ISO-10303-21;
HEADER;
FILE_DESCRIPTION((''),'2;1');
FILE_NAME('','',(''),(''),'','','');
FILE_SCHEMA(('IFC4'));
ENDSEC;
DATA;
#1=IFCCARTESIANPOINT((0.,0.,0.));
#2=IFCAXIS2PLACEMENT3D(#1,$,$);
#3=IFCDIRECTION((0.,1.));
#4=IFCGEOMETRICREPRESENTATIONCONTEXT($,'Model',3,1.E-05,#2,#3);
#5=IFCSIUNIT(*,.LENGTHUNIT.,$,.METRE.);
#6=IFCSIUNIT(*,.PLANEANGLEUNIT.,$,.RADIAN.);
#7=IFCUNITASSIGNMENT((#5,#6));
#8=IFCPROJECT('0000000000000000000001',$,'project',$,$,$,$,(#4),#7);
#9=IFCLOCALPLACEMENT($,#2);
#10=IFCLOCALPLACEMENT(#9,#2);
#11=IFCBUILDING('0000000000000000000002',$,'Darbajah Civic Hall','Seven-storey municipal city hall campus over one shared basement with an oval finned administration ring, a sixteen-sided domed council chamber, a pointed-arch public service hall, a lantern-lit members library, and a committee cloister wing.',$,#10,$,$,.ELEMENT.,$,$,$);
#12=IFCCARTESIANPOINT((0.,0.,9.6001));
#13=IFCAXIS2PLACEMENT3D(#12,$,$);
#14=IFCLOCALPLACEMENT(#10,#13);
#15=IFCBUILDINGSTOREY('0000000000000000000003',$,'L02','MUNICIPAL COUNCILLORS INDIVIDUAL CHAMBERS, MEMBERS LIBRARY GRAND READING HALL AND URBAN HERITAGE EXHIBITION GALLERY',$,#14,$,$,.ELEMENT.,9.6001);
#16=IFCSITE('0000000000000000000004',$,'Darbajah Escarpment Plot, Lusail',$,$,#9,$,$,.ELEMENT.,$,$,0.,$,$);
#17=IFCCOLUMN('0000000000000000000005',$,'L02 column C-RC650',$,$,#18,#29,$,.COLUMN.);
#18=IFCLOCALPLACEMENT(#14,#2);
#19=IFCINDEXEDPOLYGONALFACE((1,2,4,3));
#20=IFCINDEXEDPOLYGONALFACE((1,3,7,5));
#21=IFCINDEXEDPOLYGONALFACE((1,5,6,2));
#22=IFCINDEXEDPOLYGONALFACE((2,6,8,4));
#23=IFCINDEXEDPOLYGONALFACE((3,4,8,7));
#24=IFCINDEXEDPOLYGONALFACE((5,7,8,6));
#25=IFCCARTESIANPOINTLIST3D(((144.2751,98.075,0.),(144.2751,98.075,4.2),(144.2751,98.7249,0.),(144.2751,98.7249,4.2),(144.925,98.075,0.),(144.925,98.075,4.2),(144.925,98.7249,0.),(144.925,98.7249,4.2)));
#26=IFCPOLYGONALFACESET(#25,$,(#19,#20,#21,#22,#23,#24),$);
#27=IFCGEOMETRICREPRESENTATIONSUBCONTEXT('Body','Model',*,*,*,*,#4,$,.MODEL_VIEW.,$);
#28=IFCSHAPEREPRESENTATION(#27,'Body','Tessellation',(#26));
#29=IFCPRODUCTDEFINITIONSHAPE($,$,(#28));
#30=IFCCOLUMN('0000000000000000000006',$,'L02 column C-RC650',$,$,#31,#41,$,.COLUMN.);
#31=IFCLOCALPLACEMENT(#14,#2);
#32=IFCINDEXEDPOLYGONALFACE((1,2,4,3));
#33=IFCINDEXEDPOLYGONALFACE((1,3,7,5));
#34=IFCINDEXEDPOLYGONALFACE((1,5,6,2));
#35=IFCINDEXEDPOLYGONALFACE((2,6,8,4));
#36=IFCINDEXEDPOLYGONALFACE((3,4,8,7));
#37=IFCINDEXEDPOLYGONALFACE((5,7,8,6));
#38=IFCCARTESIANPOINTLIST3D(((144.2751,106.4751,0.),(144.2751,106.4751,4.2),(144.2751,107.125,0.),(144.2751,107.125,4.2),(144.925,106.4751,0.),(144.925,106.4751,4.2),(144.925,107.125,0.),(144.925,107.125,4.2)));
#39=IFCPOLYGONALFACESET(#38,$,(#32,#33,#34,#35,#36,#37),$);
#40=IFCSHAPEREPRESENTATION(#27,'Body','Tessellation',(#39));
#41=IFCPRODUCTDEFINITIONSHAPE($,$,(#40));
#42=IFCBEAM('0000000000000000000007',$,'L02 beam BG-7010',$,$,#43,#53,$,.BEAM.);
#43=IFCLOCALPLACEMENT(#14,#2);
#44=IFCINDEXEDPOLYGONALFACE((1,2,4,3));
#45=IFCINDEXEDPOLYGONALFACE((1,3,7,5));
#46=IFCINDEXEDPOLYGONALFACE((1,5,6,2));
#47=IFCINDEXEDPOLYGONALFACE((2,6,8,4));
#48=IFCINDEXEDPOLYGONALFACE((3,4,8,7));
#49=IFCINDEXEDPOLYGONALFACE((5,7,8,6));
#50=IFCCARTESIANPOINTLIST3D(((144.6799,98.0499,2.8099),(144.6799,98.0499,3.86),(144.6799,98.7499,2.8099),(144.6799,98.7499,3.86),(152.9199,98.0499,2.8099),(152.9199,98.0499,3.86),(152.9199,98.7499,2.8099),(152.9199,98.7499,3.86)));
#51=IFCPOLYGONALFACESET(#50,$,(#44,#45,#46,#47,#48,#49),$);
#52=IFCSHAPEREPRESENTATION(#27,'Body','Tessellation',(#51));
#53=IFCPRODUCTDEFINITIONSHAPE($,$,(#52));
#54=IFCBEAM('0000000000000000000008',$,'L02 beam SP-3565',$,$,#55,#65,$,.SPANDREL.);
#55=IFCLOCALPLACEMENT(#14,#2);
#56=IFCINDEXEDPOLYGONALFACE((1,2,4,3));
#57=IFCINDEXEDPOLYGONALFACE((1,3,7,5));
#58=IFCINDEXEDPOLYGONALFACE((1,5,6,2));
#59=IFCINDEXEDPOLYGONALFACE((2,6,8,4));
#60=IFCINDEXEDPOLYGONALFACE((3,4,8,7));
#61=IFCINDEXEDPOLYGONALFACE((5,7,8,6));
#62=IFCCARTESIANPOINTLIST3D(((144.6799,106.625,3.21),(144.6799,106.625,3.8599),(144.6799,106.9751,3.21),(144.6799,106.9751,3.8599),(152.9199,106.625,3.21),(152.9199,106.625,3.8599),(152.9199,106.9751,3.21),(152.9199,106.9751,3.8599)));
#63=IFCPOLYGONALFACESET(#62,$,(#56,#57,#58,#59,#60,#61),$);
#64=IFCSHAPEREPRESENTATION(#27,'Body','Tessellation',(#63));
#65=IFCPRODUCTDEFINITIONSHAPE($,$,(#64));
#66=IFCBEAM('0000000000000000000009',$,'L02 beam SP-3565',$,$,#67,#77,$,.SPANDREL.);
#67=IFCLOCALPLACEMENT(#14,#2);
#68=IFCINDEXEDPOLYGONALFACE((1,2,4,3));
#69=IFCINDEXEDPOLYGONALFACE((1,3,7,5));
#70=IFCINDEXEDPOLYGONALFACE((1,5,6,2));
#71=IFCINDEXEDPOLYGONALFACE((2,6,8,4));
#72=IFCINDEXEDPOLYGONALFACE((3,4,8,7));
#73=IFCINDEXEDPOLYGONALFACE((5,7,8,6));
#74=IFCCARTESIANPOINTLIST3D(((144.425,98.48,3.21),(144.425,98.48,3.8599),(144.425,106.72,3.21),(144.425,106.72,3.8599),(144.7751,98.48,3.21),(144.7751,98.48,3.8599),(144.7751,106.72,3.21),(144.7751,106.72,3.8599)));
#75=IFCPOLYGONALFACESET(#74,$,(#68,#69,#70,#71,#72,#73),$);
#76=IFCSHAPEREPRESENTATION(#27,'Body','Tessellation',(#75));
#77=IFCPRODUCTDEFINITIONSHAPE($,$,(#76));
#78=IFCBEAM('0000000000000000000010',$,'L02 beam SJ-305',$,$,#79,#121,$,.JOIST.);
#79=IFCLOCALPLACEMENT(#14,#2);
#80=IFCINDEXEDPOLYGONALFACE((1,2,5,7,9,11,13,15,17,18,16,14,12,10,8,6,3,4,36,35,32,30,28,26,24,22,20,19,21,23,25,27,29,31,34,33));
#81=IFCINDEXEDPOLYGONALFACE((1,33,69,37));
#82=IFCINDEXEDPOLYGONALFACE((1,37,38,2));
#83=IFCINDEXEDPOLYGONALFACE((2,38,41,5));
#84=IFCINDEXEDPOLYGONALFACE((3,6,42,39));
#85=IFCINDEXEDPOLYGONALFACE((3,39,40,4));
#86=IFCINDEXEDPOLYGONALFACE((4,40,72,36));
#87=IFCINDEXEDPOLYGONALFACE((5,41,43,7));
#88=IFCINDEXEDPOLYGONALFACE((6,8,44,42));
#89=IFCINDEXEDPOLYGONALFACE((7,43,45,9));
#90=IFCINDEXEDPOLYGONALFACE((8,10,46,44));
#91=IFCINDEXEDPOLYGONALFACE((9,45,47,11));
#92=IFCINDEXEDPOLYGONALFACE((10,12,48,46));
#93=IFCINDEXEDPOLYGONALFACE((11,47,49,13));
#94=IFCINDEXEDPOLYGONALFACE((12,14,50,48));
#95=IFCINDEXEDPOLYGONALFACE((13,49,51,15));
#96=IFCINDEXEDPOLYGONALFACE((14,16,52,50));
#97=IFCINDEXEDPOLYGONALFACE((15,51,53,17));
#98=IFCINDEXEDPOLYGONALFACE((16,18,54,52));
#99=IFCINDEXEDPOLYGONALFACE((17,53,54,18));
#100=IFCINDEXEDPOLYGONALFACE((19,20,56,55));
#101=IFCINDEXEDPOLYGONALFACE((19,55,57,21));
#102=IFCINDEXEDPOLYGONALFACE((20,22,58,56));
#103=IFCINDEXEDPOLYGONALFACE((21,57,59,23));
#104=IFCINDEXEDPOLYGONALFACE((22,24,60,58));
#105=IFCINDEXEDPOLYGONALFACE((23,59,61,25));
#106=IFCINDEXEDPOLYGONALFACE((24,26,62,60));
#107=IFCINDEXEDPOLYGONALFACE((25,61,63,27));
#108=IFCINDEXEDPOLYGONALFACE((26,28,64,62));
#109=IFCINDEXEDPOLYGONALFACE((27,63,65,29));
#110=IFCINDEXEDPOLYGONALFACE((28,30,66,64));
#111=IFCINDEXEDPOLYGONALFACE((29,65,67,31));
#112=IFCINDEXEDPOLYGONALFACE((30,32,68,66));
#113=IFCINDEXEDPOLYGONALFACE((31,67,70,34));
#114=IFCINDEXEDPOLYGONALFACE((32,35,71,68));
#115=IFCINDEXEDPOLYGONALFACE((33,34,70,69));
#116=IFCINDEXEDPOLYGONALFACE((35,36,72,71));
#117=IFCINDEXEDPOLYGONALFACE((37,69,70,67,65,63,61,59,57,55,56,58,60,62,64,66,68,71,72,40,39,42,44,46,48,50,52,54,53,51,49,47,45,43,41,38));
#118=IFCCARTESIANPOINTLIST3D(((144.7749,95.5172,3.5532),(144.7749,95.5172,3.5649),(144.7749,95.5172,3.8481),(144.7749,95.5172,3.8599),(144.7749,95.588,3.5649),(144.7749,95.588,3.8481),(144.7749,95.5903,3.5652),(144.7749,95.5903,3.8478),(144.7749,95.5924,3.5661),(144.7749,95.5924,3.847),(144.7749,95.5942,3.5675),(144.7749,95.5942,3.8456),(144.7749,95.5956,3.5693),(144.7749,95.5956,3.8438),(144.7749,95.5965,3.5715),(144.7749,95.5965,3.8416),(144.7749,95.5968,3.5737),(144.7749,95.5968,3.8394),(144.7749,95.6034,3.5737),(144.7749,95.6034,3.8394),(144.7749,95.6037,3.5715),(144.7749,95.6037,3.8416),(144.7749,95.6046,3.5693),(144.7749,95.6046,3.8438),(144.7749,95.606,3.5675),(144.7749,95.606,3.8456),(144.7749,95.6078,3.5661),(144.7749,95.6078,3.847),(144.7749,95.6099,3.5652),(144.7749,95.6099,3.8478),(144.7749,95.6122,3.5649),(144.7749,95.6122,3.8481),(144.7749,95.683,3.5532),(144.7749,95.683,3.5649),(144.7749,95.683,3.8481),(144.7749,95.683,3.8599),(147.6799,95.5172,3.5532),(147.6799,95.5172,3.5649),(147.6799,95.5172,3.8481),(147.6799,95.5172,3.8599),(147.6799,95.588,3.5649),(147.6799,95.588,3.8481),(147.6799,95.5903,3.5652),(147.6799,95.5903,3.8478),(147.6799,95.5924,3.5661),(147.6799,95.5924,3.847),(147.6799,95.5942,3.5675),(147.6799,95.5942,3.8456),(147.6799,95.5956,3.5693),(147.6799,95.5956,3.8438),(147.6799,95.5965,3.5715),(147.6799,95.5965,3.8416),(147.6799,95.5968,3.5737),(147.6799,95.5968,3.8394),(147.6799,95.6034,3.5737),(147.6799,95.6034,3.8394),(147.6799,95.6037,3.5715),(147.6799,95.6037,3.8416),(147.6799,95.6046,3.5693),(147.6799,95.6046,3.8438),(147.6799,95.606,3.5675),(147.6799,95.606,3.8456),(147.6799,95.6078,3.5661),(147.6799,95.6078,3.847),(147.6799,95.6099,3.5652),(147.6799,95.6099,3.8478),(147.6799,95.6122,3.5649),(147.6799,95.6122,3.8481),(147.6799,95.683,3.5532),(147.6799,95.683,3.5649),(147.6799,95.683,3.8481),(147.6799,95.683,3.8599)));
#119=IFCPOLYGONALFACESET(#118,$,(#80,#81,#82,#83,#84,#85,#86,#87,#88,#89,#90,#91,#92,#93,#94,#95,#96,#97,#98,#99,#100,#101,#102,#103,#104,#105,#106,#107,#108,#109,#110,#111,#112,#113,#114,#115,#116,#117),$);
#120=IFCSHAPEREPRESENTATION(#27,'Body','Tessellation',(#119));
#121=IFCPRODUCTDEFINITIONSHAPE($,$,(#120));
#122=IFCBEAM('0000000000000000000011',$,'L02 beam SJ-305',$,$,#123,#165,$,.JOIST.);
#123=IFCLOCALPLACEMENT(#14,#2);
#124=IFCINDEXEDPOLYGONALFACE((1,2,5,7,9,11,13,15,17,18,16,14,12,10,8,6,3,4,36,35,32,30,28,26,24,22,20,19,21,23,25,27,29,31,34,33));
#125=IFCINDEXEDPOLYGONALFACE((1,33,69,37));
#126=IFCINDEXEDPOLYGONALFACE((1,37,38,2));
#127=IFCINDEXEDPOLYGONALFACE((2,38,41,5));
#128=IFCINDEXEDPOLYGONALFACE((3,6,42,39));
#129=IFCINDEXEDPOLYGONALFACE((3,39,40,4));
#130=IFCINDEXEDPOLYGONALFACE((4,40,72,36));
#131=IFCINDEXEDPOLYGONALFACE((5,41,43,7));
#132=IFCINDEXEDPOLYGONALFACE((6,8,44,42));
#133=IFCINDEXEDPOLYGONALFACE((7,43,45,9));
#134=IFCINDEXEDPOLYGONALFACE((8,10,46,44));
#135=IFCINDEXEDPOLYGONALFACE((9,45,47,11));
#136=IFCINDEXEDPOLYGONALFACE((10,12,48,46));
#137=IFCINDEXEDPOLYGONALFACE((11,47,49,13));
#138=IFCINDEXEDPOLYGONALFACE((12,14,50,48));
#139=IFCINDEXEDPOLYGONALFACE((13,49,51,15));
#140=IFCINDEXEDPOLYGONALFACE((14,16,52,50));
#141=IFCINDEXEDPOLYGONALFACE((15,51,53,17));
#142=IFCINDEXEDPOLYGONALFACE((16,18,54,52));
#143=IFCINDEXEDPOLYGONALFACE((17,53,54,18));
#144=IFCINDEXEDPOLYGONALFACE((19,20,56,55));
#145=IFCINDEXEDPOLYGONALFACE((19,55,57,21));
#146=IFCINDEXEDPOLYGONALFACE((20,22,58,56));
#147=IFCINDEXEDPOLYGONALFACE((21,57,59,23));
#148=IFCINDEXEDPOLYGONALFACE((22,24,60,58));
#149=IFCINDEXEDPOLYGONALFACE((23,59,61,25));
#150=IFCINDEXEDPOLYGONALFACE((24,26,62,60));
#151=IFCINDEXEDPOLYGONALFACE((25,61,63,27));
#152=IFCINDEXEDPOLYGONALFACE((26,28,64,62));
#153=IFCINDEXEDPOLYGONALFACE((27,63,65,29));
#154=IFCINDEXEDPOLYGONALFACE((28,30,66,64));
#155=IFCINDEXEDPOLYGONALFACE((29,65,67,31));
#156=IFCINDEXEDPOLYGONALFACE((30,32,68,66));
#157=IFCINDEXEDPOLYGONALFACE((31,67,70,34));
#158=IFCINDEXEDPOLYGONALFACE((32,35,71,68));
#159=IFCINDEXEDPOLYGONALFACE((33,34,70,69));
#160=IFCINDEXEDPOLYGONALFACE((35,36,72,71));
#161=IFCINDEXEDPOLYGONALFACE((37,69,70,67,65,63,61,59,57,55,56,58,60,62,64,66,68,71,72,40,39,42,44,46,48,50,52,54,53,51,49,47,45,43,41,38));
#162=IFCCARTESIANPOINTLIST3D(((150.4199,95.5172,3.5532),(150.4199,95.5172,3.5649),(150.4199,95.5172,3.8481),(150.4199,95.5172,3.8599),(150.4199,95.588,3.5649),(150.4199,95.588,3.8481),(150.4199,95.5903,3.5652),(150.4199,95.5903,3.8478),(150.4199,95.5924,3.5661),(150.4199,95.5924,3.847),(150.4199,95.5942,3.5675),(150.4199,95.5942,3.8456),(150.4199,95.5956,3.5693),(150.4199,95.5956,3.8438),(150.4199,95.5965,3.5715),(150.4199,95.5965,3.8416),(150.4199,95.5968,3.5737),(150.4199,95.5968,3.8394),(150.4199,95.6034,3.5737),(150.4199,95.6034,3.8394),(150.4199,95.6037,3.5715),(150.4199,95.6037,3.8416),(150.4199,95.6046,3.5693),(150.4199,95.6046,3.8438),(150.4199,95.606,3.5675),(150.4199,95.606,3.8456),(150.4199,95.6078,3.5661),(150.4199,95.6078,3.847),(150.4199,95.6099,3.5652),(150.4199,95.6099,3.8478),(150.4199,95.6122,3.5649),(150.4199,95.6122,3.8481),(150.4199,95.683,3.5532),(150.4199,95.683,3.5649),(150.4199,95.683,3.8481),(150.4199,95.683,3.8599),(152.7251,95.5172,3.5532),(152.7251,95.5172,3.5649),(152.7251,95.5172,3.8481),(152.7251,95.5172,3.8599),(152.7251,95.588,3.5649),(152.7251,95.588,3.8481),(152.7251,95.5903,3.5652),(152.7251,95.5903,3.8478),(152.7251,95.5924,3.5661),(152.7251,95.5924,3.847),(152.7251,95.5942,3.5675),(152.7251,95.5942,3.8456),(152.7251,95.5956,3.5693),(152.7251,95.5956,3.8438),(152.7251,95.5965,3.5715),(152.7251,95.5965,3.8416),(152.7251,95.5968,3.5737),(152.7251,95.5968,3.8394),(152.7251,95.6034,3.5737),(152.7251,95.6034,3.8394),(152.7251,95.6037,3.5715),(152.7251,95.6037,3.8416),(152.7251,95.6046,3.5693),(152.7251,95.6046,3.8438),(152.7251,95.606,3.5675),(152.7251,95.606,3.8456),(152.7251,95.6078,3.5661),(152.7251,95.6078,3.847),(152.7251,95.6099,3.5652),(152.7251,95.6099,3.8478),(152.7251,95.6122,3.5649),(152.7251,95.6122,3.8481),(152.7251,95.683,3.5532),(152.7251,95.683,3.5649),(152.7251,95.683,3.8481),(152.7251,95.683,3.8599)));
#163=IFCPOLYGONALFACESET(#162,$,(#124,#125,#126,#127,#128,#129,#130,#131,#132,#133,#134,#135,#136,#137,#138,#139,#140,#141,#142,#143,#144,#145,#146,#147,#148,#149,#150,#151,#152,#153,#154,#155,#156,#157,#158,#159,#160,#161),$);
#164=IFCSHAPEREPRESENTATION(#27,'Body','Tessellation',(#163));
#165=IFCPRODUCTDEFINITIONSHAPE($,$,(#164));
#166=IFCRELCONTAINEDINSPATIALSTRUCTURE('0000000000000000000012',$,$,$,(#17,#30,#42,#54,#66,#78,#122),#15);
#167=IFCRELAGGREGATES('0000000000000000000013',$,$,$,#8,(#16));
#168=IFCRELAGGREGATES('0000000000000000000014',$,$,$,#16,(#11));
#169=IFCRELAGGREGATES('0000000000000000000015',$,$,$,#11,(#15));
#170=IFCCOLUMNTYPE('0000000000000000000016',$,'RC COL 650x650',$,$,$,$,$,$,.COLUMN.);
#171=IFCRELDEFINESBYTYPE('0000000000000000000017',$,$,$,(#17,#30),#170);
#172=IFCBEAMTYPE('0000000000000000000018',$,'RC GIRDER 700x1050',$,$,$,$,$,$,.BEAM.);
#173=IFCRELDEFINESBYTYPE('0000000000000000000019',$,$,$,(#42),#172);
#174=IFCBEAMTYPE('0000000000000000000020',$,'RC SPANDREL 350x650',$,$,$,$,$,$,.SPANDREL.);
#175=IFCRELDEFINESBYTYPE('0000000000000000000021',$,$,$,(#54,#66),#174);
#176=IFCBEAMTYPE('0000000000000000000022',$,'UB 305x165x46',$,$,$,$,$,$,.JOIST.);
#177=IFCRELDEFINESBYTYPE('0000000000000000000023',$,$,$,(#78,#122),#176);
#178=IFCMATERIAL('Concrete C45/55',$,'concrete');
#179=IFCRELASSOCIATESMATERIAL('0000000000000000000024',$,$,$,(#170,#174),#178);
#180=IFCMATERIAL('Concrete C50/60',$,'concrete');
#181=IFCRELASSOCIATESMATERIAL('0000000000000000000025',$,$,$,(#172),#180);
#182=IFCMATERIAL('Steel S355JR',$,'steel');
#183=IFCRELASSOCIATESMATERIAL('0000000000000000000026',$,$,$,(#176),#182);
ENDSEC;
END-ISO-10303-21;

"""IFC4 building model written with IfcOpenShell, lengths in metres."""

from ifc_helpers import new_model, si_unit, direction, frame, origin, origin_2d, place, context, subcontext, project, spatial, rectangle, i_section, extrude, material, material_profile, profile_set, type_object, element, save


model = new_model("IFC4")

# Units and contexts
model_context = context("Model", 3, precision=1e-05, world=origin(), true_north=direction((0.0, 1.0)))
body_context = subcontext(model_context, "Body", "Model", "MODEL_VIEW")
ifc_project = project(units=[si_unit("LENGTHUNIT", "METRE"), si_unit("PLANEANGLEUNIT", "RADIAN")], contexts=[model_context])

# Site, building, storey
site_placement = place(None, origin())
site = spatial("IfcSite", under=ifc_project, at=site_placement, Name="Darbajah Escarpment Plot, Lusail", CompositionType="ELEMENT", RefElevation=0.0)
building_placement = place(site_placement, origin())
building = spatial("IfcBuilding", under=site, at=building_placement, Name="Darbajah Civic Hall", Description="Seven-storey municipal city hall campus over one shared basement with an oval finned administration ring, a sixteen-sided domed council chamber, a pointed-arch public service hall, a lantern-lit members library, and a committee cloister wing.", CompositionType="ELEMENT")
storey_placement = place(building_placement, frame((0.0, 0.0, 9.6001)))
storey = spatial("IfcBuildingStorey", under=building, at=storey_placement, Name="L02", Description="MUNICIPAL COUNCILLORS INDIVIDUAL CHAMBERS, MEMBERS LIBRARY GRAND READING HALL AND URBAN HERITAGE EXHIBITION GALLERY", CompositionType="ELEMENT", Elevation=9.6001)

# Columns
ifc_material_1 = material(Name="Concrete C45/55", Category="concrete")
ifc_material_profile_1 = material_profile(ifc_material_1, rectangle(XDim=0.6499, YDim=0.6499, at=origin_2d()), Name="RC COL 650x650")
ifc_profile_set_1 = profile_set([ifc_material_profile_1], Name="Concrete C45/55")
column_type = type_object("IfcColumnType", Name="RC COL 650x650", PredefinedType="COLUMN", material=ifc_profile_set_1)
for number, where, z_axis, x_axis, name in (
    (1, (144.6001, 98.3999, 0.0), (0.0, 0.0, 1.0), (1.0, 0.0, 0.0), "L02 column C-RC650"),
    (2, (144.6001, 106.8, 0.0), (0.0, 0.0, 1.0), (1.0, 0.0, 0.0), "L02 column C-RC650"),
):
    element("IfcColumn", number, at=place(storey_placement, frame(where, z_axis=z_axis, x_axis=x_axis)), inside=storey, type_object=column_type, Name=name, PredefinedType="COLUMN", context=body_context, shape_type="SweptSolid", body=[
        extrude(rectangle(XDim=0.6499, YDim=0.6499, at=origin_2d()), origin(), (0.0, 0.0, 1.0), 4.2),
    ])

# Beams
ifc_material_2 = material(Name="Concrete C50/60", Category="concrete")
ifc_material_profile_2 = material_profile(ifc_material_2, rectangle(XDim=0.7, YDim=1.05, at=origin_2d()), Name="RC GIRDER 700x1050")
ifc_profile_set_2 = profile_set([ifc_material_profile_2], Name="Concrete C50/60")
beam_type_1 = type_object("IfcBeamType", Name="RC GIRDER 700x1050", PredefinedType="BEAM", material=ifc_profile_set_2)
beam_1_placement = place(storey_placement, frame((144.6799, 98.3999, 3.335), z_axis=(1.0, 0.0, 0.0), x_axis=(0.0, 1.0, 0.0)))
element("IfcBeam", 3, at=beam_1_placement, inside=storey, type_object=beam_type_1, Name="L02 beam BG-7010", PredefinedType="BEAM", context=body_context, shape_type="SweptSolid", body=[
    extrude(rectangle(XDim=0.7, YDim=1.05, at=origin_2d()), origin(), (0.0, 0.0, 1.0), 8.24),
])
ifc_material_profile_3 = material_profile(ifc_material_1, rectangle(XDim=0.3501, YDim=0.6499, at=origin_2d()), Name="RC SPANDREL 350x650")
ifc_profile_set_3 = profile_set([ifc_material_profile_3], Name="Concrete C45/55")
beam_type_2 = type_object("IfcBeamType", Name="RC SPANDREL 350x650", PredefinedType="SPANDREL", material=ifc_profile_set_3)
for number, where, z_axis, x_axis, name in (
    (4, (144.6799, 106.8, 3.5349), (1.0, 0.0, 0.0), (0.0, 1.0, 0.0), "L02 beam SP-3565"),
    (5, (144.6001, 98.48, 3.5349), (0.0, 1.0, 0.0), (-1.0, 0.0, 0.0), "L02 beam SP-3565"),
):
    element("IfcBeam", number, at=place(storey_placement, frame(where, z_axis=z_axis, x_axis=x_axis)), inside=storey, type_object=beam_type_2, Name=name, PredefinedType="SPANDREL", context=body_context, shape_type="SweptSolid", body=[
        extrude(rectangle(XDim=0.3501, YDim=0.6499, at=origin_2d()), origin(), (0.0, 0.0, 1.0), 8.24),
    ])
ifc_material_3 = material(Name="Steel S355JR", Category="steel")
ifc_material_profile_4 = material_profile(ifc_material_3, i_section(OverallWidth=0.1658, OverallDepth=0.3066, WebThickness=0.0066, FlangeThickness=0.0117, FilletRadius=0.0088, at=origin_2d()), Name="UB 305x165x46")
ifc_profile_set_4 = profile_set([ifc_material_profile_4], Name="Steel S355JR")
beam_type_3 = type_object("IfcBeamType", Name="UB 305x165x46", PredefinedType="JOIST", material=ifc_profile_set_4)
beam_2_placement = place(storey_placement, frame((144.7749, 95.6001, 3.7065), z_axis=(1.0, 0.0, 0.0), x_axis=(0.0, 1.0, 0.0)))
element("IfcBeam", 6, at=beam_2_placement, inside=storey, type_object=beam_type_3, Name="L02 beam SJ-305", PredefinedType="JOIST", context=body_context, shape_type="SweptSolid", body=[
    extrude(i_section(OverallWidth=0.1658, OverallDepth=0.3066, WebThickness=0.0066, FlangeThickness=0.0117, FilletRadius=0.0088, at=origin_2d()), origin(), (0.0, 0.0, 1.0), 2.905),
])
beam_3_placement = place(storey_placement, frame((150.4199, 95.6001, 3.7065), z_axis=(1.0, 0.0, 0.0), x_axis=(0.0, 1.0, 0.0)))
element("IfcBeam", 7, at=beam_3_placement, inside=storey, type_object=beam_type_3, Name="L02 beam SJ-305", PredefinedType="JOIST", context=body_context, shape_type="SweptSolid", body=[
    extrude(i_section(OverallWidth=0.1658, OverallDepth=0.3066, WebThickness=0.0066, FlangeThickness=0.0117, FilletRadius=0.0088, at=origin_2d()), origin(), (0.0, 0.0, 1.0), 2.3052),
])

save(model, "model.ifc")
